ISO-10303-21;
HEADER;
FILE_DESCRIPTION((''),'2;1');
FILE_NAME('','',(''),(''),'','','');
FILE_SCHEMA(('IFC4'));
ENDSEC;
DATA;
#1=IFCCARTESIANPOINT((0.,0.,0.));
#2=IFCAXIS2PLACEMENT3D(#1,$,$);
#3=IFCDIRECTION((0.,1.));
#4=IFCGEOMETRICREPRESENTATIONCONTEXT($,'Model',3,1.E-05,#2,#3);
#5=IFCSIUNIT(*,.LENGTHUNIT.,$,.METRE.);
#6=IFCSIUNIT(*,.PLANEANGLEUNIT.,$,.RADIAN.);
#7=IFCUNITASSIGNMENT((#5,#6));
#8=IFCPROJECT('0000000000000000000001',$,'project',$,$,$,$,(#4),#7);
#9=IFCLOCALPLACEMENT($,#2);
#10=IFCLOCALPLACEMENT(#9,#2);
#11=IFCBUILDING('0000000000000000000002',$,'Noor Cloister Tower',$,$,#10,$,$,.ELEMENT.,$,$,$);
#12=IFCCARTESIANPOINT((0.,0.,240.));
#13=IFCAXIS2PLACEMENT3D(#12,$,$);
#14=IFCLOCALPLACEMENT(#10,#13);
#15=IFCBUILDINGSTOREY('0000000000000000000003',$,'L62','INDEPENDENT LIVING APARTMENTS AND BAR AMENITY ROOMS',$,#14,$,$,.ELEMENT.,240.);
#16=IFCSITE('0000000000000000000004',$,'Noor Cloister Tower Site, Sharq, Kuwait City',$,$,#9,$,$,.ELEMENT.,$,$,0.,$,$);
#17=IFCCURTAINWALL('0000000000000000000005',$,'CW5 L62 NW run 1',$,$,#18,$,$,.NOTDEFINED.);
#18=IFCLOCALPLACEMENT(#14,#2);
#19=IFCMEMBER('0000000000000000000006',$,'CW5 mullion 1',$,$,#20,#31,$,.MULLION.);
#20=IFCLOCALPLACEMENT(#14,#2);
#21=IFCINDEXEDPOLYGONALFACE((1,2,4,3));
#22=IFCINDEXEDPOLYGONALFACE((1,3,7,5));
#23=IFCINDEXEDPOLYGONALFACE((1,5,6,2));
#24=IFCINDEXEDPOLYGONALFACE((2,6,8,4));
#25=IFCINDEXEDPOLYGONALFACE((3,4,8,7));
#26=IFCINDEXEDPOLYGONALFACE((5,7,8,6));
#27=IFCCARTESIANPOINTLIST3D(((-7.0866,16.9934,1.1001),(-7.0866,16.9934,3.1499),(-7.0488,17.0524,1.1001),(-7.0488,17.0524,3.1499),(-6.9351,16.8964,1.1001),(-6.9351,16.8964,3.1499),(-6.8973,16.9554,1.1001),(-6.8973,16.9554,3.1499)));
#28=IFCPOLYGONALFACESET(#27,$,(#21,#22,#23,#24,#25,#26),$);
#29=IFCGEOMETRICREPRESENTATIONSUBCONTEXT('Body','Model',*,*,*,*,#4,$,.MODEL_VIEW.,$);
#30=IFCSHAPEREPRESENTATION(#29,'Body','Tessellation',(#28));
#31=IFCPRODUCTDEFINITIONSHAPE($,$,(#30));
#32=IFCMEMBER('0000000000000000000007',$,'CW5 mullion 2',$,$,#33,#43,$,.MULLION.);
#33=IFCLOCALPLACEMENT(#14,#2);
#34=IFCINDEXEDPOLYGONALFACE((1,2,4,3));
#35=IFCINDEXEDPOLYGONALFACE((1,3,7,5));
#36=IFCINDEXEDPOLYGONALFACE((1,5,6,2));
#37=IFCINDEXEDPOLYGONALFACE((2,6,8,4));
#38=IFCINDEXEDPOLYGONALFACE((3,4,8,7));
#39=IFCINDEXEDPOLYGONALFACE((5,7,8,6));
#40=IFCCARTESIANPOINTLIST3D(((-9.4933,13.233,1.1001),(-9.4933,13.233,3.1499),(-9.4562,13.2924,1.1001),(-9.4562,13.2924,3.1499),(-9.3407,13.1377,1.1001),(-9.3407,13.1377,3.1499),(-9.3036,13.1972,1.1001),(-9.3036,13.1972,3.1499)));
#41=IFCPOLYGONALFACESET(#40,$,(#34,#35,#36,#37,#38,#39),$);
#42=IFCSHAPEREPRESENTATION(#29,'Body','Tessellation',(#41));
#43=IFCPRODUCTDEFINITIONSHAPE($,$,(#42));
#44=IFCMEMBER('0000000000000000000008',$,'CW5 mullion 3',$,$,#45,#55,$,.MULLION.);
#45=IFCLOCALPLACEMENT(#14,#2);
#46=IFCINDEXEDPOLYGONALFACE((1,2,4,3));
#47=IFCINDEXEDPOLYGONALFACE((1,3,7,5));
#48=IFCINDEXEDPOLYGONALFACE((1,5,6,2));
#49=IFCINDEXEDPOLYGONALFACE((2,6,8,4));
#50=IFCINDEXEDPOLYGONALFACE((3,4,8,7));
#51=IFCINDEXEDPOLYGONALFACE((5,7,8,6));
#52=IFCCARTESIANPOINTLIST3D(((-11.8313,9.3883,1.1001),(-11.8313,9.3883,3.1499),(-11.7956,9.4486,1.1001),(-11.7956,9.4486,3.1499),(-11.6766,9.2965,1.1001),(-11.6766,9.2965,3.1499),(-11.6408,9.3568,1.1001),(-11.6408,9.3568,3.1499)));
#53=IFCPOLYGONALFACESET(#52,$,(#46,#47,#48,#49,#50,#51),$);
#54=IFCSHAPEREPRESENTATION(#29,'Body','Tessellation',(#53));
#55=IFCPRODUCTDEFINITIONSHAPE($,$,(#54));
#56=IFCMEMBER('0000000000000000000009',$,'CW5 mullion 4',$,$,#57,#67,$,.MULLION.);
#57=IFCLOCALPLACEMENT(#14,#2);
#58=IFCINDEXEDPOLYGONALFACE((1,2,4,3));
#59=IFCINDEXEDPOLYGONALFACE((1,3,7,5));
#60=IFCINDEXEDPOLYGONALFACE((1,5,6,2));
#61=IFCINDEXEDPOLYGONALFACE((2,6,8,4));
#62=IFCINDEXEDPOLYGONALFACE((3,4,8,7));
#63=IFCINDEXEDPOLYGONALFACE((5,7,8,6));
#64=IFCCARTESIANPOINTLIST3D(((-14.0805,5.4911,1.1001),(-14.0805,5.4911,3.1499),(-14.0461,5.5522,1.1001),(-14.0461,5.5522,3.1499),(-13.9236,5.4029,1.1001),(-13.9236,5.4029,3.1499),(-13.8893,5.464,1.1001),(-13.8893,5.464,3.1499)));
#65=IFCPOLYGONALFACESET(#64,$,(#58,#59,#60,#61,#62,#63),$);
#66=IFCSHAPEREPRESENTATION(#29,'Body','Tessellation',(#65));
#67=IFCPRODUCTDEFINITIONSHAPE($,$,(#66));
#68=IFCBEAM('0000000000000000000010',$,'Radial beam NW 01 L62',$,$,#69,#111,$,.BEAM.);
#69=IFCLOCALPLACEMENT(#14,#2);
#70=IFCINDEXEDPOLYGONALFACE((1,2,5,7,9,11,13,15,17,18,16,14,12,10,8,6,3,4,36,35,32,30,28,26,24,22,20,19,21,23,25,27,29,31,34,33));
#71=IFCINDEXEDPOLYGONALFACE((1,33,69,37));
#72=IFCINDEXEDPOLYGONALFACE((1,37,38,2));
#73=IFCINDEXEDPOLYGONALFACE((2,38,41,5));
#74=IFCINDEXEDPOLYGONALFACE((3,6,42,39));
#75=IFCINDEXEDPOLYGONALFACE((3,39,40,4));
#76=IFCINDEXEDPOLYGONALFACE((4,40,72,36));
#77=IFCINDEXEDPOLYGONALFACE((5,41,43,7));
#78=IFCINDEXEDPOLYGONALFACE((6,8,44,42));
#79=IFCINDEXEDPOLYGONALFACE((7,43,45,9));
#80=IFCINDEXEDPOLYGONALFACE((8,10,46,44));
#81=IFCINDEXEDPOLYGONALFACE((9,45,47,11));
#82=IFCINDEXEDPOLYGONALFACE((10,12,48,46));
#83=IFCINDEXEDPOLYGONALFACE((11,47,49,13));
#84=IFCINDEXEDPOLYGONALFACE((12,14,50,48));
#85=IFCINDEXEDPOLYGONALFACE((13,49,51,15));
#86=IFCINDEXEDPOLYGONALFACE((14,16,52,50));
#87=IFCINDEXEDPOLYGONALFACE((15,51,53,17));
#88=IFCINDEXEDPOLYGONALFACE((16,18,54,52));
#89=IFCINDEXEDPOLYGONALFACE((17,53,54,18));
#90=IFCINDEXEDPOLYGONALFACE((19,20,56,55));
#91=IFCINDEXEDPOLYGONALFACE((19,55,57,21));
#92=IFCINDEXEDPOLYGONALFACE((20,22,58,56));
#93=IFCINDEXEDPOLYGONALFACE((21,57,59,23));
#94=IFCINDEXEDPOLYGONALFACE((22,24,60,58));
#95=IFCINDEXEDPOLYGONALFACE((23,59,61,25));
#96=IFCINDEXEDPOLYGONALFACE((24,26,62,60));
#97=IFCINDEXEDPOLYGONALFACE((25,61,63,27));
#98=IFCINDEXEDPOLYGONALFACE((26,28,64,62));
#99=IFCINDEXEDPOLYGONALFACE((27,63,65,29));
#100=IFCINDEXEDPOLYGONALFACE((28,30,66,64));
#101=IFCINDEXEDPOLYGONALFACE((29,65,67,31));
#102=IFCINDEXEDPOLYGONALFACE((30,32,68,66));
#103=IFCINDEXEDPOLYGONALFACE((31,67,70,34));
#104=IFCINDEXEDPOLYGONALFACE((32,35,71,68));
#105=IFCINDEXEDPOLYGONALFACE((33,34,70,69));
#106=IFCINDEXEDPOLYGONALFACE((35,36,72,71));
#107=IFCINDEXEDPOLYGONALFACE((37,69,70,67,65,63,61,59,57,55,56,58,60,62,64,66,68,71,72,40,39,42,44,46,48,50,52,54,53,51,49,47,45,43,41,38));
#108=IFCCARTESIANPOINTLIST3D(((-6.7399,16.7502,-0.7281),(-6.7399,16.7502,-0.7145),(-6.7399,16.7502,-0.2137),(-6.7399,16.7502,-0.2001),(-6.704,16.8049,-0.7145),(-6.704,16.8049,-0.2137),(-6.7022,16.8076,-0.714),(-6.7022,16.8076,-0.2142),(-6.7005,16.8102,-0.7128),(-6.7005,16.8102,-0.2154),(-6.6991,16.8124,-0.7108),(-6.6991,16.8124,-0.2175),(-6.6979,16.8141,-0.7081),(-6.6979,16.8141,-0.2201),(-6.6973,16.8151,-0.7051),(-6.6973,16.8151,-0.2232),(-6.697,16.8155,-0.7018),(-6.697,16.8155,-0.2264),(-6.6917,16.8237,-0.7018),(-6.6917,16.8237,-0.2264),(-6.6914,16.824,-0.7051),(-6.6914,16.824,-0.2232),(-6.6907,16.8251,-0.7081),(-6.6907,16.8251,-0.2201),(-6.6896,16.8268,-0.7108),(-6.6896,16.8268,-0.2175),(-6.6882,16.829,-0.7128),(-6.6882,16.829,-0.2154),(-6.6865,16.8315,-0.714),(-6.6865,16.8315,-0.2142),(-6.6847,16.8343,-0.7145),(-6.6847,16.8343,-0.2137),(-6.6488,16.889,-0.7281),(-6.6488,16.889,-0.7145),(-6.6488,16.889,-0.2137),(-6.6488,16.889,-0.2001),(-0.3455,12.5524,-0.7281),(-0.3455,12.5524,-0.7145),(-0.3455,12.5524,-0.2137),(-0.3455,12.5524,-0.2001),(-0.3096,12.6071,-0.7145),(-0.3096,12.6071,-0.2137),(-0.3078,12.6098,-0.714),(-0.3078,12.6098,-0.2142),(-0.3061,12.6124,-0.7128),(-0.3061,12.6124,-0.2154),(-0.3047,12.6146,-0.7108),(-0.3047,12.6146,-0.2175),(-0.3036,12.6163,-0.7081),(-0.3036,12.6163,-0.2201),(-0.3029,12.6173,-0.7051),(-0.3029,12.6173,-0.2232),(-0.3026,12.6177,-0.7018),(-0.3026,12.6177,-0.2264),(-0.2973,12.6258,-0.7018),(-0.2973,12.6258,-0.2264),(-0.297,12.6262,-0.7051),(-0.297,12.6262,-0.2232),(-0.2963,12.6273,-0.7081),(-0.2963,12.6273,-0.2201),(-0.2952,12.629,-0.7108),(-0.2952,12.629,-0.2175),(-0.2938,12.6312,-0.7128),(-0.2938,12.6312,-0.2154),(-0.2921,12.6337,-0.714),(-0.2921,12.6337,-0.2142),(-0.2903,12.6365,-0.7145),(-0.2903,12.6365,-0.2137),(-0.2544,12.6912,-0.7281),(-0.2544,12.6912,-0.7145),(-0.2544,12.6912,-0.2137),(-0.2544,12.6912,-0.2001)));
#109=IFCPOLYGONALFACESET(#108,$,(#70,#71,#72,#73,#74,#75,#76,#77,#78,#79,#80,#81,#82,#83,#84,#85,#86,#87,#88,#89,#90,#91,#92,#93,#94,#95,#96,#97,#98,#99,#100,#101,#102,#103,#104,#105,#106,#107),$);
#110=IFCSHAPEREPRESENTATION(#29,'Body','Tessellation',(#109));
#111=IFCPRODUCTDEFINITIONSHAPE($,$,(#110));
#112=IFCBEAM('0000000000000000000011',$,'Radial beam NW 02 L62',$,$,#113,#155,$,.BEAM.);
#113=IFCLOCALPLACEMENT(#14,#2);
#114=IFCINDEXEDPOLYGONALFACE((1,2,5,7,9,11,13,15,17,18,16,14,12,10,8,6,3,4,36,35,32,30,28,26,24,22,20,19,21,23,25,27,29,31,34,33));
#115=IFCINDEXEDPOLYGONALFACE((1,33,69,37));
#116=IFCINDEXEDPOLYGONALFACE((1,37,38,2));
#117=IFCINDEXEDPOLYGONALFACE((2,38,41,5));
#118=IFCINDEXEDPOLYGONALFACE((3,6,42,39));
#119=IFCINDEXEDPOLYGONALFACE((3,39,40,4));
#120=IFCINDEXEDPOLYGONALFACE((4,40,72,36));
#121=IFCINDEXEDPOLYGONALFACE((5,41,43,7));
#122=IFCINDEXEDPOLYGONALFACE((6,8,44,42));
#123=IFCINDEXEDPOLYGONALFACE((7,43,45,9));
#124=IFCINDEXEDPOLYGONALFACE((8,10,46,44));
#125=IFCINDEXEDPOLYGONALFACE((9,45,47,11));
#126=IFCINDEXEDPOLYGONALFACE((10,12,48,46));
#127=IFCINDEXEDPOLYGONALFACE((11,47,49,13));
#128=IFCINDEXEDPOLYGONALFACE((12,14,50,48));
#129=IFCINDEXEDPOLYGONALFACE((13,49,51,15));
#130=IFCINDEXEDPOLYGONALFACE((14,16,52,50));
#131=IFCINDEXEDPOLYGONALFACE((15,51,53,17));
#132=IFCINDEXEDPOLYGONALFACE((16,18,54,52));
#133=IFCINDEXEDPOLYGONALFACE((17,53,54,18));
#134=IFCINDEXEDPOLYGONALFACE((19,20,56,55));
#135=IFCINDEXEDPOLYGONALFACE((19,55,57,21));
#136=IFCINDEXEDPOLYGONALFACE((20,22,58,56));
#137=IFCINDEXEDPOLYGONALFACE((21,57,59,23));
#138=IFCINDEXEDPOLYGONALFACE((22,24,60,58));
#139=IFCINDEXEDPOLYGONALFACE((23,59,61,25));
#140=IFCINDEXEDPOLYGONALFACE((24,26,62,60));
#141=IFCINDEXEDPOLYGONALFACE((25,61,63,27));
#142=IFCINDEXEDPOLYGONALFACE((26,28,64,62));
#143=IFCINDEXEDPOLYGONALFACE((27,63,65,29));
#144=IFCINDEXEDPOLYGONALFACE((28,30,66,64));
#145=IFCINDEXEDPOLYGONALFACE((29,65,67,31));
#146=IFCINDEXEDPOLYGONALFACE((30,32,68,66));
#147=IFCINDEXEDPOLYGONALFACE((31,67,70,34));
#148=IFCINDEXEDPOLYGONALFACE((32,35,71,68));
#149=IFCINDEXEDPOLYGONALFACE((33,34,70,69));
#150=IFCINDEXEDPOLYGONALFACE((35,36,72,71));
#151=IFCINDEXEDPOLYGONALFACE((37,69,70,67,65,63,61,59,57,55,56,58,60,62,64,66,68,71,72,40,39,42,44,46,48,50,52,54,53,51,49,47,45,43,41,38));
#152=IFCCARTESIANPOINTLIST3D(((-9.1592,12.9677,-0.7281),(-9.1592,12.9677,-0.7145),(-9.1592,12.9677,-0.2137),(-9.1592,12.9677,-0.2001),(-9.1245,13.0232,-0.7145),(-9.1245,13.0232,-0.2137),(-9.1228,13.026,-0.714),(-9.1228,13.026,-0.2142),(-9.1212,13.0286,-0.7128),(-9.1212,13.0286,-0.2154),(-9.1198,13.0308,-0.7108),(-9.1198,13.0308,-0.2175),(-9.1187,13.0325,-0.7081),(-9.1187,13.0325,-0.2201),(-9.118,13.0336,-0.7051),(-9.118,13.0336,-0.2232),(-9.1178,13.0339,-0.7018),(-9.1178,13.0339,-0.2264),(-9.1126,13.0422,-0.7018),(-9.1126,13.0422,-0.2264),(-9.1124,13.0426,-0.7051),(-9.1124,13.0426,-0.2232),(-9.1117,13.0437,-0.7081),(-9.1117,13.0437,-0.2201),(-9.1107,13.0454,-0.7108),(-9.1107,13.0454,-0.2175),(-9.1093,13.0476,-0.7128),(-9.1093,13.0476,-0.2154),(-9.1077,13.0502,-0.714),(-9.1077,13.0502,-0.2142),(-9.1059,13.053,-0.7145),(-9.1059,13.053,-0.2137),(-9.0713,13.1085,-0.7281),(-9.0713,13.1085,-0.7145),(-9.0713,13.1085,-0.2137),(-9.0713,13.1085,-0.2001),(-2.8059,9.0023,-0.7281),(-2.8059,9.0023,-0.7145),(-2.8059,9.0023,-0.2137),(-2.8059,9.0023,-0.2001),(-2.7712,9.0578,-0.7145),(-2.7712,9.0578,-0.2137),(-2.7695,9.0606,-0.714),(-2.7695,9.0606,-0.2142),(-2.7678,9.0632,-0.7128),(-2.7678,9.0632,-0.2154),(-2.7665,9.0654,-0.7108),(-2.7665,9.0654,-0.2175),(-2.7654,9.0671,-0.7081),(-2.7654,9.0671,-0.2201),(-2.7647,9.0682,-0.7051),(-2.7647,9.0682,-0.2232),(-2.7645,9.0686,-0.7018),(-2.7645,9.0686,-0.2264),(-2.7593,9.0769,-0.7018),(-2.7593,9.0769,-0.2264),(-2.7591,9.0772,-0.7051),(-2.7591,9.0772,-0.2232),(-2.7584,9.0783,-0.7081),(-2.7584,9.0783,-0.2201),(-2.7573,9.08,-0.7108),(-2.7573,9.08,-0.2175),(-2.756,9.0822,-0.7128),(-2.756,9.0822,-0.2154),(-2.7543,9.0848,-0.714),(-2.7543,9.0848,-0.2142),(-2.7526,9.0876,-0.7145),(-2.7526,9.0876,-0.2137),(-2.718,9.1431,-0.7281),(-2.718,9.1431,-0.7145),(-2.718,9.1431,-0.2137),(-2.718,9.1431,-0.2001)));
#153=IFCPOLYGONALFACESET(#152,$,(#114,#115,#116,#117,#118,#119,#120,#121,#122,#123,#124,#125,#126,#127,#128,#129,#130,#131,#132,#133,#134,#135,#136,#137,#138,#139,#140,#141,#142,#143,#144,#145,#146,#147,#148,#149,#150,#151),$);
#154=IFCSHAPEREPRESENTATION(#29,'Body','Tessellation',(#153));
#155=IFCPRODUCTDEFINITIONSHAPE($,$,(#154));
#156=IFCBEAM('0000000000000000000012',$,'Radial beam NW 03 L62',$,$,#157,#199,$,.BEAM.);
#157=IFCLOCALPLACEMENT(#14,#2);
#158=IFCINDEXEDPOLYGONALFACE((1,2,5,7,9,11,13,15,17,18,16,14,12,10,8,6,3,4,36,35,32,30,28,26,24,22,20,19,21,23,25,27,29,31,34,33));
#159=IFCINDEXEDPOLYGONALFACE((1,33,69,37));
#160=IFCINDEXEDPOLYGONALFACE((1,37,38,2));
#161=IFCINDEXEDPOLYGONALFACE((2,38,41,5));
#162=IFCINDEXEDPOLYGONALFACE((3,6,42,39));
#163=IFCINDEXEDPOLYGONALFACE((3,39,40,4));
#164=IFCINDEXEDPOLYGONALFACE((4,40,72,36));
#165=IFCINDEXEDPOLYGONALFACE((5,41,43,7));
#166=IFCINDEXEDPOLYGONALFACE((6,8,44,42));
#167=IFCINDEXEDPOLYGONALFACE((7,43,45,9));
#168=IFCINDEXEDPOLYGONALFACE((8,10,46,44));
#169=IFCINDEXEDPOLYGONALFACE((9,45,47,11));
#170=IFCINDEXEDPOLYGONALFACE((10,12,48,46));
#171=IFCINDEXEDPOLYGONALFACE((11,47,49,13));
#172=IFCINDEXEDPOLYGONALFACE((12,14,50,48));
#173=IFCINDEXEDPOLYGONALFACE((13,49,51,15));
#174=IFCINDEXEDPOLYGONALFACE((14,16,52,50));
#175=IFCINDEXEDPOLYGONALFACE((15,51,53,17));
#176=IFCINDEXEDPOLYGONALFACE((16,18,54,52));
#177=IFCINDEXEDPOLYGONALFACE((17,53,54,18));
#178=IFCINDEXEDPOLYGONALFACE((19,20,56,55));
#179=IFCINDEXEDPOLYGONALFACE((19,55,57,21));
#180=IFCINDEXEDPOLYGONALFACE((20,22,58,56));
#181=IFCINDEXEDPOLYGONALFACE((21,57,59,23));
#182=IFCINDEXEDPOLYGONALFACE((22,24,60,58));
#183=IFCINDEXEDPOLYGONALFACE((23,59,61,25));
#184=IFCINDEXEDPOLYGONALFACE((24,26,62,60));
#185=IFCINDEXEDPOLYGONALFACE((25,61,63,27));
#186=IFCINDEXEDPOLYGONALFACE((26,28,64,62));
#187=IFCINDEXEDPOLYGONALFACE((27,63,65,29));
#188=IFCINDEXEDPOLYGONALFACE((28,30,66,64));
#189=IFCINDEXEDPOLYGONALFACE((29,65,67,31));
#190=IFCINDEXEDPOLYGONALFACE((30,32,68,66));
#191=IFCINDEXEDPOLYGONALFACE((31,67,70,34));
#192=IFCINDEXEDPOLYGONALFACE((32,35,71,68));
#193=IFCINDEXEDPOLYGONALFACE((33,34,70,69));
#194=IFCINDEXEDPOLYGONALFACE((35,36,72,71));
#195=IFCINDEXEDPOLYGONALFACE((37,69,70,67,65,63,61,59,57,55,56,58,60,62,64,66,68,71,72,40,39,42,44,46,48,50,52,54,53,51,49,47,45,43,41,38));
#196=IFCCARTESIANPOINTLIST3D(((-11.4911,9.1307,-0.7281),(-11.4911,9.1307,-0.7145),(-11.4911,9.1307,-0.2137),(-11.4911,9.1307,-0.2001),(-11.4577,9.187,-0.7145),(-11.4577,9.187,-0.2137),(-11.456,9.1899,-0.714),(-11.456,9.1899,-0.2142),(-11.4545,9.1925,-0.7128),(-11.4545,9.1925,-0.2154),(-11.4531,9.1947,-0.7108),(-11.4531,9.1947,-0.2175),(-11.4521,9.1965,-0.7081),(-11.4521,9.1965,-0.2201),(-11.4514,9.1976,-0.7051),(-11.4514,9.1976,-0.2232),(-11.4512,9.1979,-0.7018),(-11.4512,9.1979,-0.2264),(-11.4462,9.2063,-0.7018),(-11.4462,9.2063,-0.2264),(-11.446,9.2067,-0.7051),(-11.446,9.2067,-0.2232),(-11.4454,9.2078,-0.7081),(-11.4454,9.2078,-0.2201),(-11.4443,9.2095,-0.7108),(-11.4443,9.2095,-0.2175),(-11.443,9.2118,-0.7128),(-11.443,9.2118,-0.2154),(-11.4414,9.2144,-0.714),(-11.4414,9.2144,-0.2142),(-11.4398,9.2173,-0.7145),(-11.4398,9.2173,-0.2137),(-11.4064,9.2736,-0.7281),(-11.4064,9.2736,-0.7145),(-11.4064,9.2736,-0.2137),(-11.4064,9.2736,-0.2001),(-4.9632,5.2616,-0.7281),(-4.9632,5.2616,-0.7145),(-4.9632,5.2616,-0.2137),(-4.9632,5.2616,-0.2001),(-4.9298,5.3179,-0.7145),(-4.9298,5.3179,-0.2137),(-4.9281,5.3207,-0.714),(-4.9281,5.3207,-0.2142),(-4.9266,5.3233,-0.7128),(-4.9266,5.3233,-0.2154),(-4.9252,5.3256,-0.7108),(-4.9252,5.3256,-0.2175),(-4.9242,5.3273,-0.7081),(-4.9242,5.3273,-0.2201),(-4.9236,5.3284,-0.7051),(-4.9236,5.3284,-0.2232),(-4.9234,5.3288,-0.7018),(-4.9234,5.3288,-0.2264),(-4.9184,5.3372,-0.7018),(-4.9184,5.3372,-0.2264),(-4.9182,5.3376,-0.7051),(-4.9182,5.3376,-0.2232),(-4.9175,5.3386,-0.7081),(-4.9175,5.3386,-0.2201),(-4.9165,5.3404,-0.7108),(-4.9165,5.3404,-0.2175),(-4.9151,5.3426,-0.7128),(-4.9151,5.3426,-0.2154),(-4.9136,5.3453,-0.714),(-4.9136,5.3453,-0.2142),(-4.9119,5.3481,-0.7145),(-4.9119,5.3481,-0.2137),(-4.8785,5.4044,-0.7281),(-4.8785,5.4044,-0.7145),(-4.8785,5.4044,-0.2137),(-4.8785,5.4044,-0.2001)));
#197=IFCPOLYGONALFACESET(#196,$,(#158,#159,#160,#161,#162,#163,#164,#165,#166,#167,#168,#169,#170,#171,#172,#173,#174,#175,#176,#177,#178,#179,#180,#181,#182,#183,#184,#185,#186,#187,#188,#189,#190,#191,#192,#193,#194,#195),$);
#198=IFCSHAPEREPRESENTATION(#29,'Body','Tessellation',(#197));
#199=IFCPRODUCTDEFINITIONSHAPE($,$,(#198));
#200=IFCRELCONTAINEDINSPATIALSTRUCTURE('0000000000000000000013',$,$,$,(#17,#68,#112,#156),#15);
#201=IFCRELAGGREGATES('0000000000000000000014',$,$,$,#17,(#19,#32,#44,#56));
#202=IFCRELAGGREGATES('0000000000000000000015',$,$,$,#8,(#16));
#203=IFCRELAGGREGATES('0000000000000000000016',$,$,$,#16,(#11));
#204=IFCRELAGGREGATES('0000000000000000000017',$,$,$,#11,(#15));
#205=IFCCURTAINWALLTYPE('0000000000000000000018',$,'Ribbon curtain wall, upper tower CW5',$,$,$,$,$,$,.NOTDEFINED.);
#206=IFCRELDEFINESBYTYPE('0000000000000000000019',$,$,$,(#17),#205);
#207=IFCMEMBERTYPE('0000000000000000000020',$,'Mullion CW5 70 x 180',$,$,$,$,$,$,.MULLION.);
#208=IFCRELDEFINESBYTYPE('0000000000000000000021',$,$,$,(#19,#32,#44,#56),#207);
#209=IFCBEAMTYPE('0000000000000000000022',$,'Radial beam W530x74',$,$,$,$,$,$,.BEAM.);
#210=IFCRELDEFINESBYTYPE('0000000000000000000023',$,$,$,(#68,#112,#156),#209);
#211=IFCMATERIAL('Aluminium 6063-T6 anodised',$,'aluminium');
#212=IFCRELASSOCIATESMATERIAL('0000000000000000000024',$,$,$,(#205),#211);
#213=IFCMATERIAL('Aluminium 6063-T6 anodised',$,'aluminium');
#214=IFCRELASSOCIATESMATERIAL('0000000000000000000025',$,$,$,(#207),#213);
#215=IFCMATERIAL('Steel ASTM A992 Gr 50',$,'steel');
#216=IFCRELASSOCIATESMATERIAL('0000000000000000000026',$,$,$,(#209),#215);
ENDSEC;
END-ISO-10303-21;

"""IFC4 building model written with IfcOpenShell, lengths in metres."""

from ifc_helpers import new_model, si_unit, direction, frame, origin, origin_2d, place, context, subcontext, project, spatial, rectangle, i_section, extrude, material, material_profile, profile_set, type_object, element, aggregate, save


model = new_model("IFC4")

# Units and contexts
model_context = context("Model", 3, precision=1e-05, world=origin(), true_north=direction((0.0, 1.0)))
body_context = subcontext(model_context, "Body", "Model", "MODEL_VIEW")
ifc_project = project(units=[si_unit("LENGTHUNIT", "METRE"), si_unit("PLANEANGLEUNIT", "RADIAN")], contexts=[model_context])

# Site, building, storey
site_placement = place(None, origin())
site = spatial("IfcSite", under=ifc_project, at=site_placement, Name="Noor Cloister Tower Site, Sharq, Kuwait City", CompositionType="ELEMENT", RefElevation=0.0)
building_placement = place(site_placement, origin())
building = spatial("IfcBuilding", under=site, at=building_placement, Name="Noor Cloister Tower", CompositionType="ELEMENT")
storey_placement = place(building_placement, frame((0.0, 0.0, 240.0)))
storey = spatial("IfcBuildingStorey", under=building, at=storey_placement, Name="L62", Description="INDEPENDENT LIVING APARTMENTS AND BAR AMENITY ROOMS", CompositionType="ELEMENT", Elevation=240.0)

# Curtain wall, members
ifc_material_1 = material(Name="Aluminium 6063-T6 anodised", Category="aluminium")
curtain_wall_type = type_object("IfcCurtainWallType", Name="Ribbon curtain wall, upper tower CW5", PredefinedType="NOTDEFINED", material=ifc_material_1)
curtain_wall_placement = place(storey_placement, origin())
curtain_wall = element("IfcCurtainWall", 1, at=curtain_wall_placement, inside=storey, type_object=curtain_wall_type, Name="CW5 L62 NW run 1", PredefinedType="NOTDEFINED")
ifc_material_2 = material(Name="Aluminium 6063-T6 anodised", Category="aluminium")
ifc_material_profile_1 = material_profile(ifc_material_2, rectangle(XDim=0.1799, YDim=0.0701, at=origin_2d()), Name="180 x 70 mullion")
ifc_profile_set_1 = profile_set([ifc_material_profile_1], Name="Aluminium 6063-T6 anodised")
member_type = type_object("IfcMemberType", Name="Mullion CW5 70 x 180", PredefinedType="MULLION", material=ifc_profile_set_1)
member_1_placement = place(storey_placement, frame((-6.9919, 16.9744, 1.1001), z_axis=(0.0, 0.0, 1.0), x_axis=(0.842196, -0.539171, 0.0)))
member_1 = element("IfcMember", 2, at=member_1_placement, type_object=member_type, Name="CW5 mullion 1", PredefinedType="MULLION", context=body_context, shape_type="SweptSolid", body=[
    extrude(rectangle(XDim=0.1799, YDim=0.0701, at=origin_2d()), origin(), (0.0, 0.0, 1.0), 2.0498),
])
member_2_placement = place(storey_placement, frame((-9.3984, 13.2151, 1.1001), z_axis=(0.0, 0.0, 1.0), x_axis=(0.848322, -0.529481, 0.0)))
member_2 = element("IfcMember", 3, at=member_2_placement, type_object=member_type, Name="CW5 mullion 2", PredefinedType="MULLION", context=body_context, shape_type="SweptSolid", body=[
    extrude(rectangle(XDim=0.1799, YDim=0.0701, at=origin_2d()), origin(), (0.0, 0.0, 1.0), 2.0498),
])
member_3_placement = place(storey_placement, frame((-11.7361, 9.3726, 1.1001), z_axis=(0.0, 0.0, 1.0), x_axis=(0.860237, -0.509895, 0.0)))
member_3 = element("IfcMember", 4, at=member_3_placement, type_object=member_type, Name="CW5 mullion 3", PredefinedType="MULLION", context=body_context, shape_type="SweptSolid", body=[
    extrude(rectangle(XDim=0.1799, YDim=0.0701, at=origin_2d()), origin(), (0.0, 0.0, 1.0), 2.0498),
])
member_4_placement = place(storey_placement, frame((-13.9849, 5.4775, 1.1001), z_axis=(0.0, 0.0, 1.0), x_axis=(0.8717, -0.49004, 0.0)))
member_4 = element("IfcMember", 5, at=member_4_placement, type_object=member_type, Name="CW5 mullion 4", PredefinedType="MULLION", context=body_context, shape_type="SweptSolid", body=[
    extrude(rectangle(XDim=0.1799, YDim=0.0701, at=origin_2d()), origin(), (0.0, 0.0, 1.0), 2.0498),
])

# Beams
ifc_material_3 = material(Name="Steel ASTM A992 Gr 50", Category="steel")
ifc_material_profile_2 = material_profile(ifc_material_3, i_section(OverallWidth=0.166, OverallDepth=0.5281, WebThickness=0.0098, FlangeThickness=0.0137, FilletRadius=0.0127, at=origin_2d()), Name="W530x74")
ifc_profile_set_2 = profile_set([ifc_material_profile_2], Name="Steel ASTM A992 Gr 50")
beam_type_1 = type_object("IfcBeamType", Name="Radial beam W530x74", PredefinedType="BEAM", material=ifc_profile_set_2)
beam_1_placement = place(storey_placement, frame((-6.6943, 16.8196, -0.4641), z_axis=(0.835958, -0.548794, 0.0), x_axis=(0.548794, 0.835958, 0.0)))
element("IfcBeam", 6, at=beam_1_placement, inside=storey, type_object=beam_type_1, Name="Radial beam NW 01 L62", PredefinedType="BEAM", context=body_context, shape_type="SweptSolid", body=[
    extrude(i_section(OverallWidth=0.166, OverallDepth=0.5281, WebThickness=0.0098, FlangeThickness=0.0137, FilletRadius=0.0127, at=origin_2d()), origin(), (0.0, 0.0, 1.0), 7.6492),
])
beam_2_placement = place(storey_placement, frame((-9.1152, 13.0381, -0.4641), z_axis=(0.848326, -0.529474, 0.0), x_axis=(0.529474, 0.848326, 0.0)))
element("IfcBeam", 7, at=beam_2_placement, inside=storey, type_object=beam_type_1, Name="Radial beam NW 02 L62", PredefinedType="BEAM", context=body_context, shape_type="SweptSolid", body=[
    extrude(i_section(OverallWidth=0.166, OverallDepth=0.5281, WebThickness=0.0098, FlangeThickness=0.0137, FilletRadius=0.0127, at=origin_2d()), origin(), (0.0, 0.0, 1.0), 7.4893),
])
beam_3_placement = place(storey_placement, frame((-11.4487, 9.2021, -0.4641), z_axis=(0.860246, -0.50988, 0.0), x_axis=(0.50988, 0.860246, 0.0)))
element("IfcBeam", 8, at=beam_3_placement, inside=storey, type_object=beam_type_1, Name="Radial beam NW 03 L62", PredefinedType="BEAM", context=body_context, shape_type="SweptSolid", body=[
    extrude(i_section(OverallWidth=0.166, OverallDepth=0.5281, WebThickness=0.0098, FlangeThickness=0.0137, FilletRadius=0.0127, at=origin_2d()), origin(), (0.0, 0.0, 1.0), 7.5884),
])

aggregate(curtain_wall, [member_1, member_2, member_3, member_4])

save(model, "model.ifc")
